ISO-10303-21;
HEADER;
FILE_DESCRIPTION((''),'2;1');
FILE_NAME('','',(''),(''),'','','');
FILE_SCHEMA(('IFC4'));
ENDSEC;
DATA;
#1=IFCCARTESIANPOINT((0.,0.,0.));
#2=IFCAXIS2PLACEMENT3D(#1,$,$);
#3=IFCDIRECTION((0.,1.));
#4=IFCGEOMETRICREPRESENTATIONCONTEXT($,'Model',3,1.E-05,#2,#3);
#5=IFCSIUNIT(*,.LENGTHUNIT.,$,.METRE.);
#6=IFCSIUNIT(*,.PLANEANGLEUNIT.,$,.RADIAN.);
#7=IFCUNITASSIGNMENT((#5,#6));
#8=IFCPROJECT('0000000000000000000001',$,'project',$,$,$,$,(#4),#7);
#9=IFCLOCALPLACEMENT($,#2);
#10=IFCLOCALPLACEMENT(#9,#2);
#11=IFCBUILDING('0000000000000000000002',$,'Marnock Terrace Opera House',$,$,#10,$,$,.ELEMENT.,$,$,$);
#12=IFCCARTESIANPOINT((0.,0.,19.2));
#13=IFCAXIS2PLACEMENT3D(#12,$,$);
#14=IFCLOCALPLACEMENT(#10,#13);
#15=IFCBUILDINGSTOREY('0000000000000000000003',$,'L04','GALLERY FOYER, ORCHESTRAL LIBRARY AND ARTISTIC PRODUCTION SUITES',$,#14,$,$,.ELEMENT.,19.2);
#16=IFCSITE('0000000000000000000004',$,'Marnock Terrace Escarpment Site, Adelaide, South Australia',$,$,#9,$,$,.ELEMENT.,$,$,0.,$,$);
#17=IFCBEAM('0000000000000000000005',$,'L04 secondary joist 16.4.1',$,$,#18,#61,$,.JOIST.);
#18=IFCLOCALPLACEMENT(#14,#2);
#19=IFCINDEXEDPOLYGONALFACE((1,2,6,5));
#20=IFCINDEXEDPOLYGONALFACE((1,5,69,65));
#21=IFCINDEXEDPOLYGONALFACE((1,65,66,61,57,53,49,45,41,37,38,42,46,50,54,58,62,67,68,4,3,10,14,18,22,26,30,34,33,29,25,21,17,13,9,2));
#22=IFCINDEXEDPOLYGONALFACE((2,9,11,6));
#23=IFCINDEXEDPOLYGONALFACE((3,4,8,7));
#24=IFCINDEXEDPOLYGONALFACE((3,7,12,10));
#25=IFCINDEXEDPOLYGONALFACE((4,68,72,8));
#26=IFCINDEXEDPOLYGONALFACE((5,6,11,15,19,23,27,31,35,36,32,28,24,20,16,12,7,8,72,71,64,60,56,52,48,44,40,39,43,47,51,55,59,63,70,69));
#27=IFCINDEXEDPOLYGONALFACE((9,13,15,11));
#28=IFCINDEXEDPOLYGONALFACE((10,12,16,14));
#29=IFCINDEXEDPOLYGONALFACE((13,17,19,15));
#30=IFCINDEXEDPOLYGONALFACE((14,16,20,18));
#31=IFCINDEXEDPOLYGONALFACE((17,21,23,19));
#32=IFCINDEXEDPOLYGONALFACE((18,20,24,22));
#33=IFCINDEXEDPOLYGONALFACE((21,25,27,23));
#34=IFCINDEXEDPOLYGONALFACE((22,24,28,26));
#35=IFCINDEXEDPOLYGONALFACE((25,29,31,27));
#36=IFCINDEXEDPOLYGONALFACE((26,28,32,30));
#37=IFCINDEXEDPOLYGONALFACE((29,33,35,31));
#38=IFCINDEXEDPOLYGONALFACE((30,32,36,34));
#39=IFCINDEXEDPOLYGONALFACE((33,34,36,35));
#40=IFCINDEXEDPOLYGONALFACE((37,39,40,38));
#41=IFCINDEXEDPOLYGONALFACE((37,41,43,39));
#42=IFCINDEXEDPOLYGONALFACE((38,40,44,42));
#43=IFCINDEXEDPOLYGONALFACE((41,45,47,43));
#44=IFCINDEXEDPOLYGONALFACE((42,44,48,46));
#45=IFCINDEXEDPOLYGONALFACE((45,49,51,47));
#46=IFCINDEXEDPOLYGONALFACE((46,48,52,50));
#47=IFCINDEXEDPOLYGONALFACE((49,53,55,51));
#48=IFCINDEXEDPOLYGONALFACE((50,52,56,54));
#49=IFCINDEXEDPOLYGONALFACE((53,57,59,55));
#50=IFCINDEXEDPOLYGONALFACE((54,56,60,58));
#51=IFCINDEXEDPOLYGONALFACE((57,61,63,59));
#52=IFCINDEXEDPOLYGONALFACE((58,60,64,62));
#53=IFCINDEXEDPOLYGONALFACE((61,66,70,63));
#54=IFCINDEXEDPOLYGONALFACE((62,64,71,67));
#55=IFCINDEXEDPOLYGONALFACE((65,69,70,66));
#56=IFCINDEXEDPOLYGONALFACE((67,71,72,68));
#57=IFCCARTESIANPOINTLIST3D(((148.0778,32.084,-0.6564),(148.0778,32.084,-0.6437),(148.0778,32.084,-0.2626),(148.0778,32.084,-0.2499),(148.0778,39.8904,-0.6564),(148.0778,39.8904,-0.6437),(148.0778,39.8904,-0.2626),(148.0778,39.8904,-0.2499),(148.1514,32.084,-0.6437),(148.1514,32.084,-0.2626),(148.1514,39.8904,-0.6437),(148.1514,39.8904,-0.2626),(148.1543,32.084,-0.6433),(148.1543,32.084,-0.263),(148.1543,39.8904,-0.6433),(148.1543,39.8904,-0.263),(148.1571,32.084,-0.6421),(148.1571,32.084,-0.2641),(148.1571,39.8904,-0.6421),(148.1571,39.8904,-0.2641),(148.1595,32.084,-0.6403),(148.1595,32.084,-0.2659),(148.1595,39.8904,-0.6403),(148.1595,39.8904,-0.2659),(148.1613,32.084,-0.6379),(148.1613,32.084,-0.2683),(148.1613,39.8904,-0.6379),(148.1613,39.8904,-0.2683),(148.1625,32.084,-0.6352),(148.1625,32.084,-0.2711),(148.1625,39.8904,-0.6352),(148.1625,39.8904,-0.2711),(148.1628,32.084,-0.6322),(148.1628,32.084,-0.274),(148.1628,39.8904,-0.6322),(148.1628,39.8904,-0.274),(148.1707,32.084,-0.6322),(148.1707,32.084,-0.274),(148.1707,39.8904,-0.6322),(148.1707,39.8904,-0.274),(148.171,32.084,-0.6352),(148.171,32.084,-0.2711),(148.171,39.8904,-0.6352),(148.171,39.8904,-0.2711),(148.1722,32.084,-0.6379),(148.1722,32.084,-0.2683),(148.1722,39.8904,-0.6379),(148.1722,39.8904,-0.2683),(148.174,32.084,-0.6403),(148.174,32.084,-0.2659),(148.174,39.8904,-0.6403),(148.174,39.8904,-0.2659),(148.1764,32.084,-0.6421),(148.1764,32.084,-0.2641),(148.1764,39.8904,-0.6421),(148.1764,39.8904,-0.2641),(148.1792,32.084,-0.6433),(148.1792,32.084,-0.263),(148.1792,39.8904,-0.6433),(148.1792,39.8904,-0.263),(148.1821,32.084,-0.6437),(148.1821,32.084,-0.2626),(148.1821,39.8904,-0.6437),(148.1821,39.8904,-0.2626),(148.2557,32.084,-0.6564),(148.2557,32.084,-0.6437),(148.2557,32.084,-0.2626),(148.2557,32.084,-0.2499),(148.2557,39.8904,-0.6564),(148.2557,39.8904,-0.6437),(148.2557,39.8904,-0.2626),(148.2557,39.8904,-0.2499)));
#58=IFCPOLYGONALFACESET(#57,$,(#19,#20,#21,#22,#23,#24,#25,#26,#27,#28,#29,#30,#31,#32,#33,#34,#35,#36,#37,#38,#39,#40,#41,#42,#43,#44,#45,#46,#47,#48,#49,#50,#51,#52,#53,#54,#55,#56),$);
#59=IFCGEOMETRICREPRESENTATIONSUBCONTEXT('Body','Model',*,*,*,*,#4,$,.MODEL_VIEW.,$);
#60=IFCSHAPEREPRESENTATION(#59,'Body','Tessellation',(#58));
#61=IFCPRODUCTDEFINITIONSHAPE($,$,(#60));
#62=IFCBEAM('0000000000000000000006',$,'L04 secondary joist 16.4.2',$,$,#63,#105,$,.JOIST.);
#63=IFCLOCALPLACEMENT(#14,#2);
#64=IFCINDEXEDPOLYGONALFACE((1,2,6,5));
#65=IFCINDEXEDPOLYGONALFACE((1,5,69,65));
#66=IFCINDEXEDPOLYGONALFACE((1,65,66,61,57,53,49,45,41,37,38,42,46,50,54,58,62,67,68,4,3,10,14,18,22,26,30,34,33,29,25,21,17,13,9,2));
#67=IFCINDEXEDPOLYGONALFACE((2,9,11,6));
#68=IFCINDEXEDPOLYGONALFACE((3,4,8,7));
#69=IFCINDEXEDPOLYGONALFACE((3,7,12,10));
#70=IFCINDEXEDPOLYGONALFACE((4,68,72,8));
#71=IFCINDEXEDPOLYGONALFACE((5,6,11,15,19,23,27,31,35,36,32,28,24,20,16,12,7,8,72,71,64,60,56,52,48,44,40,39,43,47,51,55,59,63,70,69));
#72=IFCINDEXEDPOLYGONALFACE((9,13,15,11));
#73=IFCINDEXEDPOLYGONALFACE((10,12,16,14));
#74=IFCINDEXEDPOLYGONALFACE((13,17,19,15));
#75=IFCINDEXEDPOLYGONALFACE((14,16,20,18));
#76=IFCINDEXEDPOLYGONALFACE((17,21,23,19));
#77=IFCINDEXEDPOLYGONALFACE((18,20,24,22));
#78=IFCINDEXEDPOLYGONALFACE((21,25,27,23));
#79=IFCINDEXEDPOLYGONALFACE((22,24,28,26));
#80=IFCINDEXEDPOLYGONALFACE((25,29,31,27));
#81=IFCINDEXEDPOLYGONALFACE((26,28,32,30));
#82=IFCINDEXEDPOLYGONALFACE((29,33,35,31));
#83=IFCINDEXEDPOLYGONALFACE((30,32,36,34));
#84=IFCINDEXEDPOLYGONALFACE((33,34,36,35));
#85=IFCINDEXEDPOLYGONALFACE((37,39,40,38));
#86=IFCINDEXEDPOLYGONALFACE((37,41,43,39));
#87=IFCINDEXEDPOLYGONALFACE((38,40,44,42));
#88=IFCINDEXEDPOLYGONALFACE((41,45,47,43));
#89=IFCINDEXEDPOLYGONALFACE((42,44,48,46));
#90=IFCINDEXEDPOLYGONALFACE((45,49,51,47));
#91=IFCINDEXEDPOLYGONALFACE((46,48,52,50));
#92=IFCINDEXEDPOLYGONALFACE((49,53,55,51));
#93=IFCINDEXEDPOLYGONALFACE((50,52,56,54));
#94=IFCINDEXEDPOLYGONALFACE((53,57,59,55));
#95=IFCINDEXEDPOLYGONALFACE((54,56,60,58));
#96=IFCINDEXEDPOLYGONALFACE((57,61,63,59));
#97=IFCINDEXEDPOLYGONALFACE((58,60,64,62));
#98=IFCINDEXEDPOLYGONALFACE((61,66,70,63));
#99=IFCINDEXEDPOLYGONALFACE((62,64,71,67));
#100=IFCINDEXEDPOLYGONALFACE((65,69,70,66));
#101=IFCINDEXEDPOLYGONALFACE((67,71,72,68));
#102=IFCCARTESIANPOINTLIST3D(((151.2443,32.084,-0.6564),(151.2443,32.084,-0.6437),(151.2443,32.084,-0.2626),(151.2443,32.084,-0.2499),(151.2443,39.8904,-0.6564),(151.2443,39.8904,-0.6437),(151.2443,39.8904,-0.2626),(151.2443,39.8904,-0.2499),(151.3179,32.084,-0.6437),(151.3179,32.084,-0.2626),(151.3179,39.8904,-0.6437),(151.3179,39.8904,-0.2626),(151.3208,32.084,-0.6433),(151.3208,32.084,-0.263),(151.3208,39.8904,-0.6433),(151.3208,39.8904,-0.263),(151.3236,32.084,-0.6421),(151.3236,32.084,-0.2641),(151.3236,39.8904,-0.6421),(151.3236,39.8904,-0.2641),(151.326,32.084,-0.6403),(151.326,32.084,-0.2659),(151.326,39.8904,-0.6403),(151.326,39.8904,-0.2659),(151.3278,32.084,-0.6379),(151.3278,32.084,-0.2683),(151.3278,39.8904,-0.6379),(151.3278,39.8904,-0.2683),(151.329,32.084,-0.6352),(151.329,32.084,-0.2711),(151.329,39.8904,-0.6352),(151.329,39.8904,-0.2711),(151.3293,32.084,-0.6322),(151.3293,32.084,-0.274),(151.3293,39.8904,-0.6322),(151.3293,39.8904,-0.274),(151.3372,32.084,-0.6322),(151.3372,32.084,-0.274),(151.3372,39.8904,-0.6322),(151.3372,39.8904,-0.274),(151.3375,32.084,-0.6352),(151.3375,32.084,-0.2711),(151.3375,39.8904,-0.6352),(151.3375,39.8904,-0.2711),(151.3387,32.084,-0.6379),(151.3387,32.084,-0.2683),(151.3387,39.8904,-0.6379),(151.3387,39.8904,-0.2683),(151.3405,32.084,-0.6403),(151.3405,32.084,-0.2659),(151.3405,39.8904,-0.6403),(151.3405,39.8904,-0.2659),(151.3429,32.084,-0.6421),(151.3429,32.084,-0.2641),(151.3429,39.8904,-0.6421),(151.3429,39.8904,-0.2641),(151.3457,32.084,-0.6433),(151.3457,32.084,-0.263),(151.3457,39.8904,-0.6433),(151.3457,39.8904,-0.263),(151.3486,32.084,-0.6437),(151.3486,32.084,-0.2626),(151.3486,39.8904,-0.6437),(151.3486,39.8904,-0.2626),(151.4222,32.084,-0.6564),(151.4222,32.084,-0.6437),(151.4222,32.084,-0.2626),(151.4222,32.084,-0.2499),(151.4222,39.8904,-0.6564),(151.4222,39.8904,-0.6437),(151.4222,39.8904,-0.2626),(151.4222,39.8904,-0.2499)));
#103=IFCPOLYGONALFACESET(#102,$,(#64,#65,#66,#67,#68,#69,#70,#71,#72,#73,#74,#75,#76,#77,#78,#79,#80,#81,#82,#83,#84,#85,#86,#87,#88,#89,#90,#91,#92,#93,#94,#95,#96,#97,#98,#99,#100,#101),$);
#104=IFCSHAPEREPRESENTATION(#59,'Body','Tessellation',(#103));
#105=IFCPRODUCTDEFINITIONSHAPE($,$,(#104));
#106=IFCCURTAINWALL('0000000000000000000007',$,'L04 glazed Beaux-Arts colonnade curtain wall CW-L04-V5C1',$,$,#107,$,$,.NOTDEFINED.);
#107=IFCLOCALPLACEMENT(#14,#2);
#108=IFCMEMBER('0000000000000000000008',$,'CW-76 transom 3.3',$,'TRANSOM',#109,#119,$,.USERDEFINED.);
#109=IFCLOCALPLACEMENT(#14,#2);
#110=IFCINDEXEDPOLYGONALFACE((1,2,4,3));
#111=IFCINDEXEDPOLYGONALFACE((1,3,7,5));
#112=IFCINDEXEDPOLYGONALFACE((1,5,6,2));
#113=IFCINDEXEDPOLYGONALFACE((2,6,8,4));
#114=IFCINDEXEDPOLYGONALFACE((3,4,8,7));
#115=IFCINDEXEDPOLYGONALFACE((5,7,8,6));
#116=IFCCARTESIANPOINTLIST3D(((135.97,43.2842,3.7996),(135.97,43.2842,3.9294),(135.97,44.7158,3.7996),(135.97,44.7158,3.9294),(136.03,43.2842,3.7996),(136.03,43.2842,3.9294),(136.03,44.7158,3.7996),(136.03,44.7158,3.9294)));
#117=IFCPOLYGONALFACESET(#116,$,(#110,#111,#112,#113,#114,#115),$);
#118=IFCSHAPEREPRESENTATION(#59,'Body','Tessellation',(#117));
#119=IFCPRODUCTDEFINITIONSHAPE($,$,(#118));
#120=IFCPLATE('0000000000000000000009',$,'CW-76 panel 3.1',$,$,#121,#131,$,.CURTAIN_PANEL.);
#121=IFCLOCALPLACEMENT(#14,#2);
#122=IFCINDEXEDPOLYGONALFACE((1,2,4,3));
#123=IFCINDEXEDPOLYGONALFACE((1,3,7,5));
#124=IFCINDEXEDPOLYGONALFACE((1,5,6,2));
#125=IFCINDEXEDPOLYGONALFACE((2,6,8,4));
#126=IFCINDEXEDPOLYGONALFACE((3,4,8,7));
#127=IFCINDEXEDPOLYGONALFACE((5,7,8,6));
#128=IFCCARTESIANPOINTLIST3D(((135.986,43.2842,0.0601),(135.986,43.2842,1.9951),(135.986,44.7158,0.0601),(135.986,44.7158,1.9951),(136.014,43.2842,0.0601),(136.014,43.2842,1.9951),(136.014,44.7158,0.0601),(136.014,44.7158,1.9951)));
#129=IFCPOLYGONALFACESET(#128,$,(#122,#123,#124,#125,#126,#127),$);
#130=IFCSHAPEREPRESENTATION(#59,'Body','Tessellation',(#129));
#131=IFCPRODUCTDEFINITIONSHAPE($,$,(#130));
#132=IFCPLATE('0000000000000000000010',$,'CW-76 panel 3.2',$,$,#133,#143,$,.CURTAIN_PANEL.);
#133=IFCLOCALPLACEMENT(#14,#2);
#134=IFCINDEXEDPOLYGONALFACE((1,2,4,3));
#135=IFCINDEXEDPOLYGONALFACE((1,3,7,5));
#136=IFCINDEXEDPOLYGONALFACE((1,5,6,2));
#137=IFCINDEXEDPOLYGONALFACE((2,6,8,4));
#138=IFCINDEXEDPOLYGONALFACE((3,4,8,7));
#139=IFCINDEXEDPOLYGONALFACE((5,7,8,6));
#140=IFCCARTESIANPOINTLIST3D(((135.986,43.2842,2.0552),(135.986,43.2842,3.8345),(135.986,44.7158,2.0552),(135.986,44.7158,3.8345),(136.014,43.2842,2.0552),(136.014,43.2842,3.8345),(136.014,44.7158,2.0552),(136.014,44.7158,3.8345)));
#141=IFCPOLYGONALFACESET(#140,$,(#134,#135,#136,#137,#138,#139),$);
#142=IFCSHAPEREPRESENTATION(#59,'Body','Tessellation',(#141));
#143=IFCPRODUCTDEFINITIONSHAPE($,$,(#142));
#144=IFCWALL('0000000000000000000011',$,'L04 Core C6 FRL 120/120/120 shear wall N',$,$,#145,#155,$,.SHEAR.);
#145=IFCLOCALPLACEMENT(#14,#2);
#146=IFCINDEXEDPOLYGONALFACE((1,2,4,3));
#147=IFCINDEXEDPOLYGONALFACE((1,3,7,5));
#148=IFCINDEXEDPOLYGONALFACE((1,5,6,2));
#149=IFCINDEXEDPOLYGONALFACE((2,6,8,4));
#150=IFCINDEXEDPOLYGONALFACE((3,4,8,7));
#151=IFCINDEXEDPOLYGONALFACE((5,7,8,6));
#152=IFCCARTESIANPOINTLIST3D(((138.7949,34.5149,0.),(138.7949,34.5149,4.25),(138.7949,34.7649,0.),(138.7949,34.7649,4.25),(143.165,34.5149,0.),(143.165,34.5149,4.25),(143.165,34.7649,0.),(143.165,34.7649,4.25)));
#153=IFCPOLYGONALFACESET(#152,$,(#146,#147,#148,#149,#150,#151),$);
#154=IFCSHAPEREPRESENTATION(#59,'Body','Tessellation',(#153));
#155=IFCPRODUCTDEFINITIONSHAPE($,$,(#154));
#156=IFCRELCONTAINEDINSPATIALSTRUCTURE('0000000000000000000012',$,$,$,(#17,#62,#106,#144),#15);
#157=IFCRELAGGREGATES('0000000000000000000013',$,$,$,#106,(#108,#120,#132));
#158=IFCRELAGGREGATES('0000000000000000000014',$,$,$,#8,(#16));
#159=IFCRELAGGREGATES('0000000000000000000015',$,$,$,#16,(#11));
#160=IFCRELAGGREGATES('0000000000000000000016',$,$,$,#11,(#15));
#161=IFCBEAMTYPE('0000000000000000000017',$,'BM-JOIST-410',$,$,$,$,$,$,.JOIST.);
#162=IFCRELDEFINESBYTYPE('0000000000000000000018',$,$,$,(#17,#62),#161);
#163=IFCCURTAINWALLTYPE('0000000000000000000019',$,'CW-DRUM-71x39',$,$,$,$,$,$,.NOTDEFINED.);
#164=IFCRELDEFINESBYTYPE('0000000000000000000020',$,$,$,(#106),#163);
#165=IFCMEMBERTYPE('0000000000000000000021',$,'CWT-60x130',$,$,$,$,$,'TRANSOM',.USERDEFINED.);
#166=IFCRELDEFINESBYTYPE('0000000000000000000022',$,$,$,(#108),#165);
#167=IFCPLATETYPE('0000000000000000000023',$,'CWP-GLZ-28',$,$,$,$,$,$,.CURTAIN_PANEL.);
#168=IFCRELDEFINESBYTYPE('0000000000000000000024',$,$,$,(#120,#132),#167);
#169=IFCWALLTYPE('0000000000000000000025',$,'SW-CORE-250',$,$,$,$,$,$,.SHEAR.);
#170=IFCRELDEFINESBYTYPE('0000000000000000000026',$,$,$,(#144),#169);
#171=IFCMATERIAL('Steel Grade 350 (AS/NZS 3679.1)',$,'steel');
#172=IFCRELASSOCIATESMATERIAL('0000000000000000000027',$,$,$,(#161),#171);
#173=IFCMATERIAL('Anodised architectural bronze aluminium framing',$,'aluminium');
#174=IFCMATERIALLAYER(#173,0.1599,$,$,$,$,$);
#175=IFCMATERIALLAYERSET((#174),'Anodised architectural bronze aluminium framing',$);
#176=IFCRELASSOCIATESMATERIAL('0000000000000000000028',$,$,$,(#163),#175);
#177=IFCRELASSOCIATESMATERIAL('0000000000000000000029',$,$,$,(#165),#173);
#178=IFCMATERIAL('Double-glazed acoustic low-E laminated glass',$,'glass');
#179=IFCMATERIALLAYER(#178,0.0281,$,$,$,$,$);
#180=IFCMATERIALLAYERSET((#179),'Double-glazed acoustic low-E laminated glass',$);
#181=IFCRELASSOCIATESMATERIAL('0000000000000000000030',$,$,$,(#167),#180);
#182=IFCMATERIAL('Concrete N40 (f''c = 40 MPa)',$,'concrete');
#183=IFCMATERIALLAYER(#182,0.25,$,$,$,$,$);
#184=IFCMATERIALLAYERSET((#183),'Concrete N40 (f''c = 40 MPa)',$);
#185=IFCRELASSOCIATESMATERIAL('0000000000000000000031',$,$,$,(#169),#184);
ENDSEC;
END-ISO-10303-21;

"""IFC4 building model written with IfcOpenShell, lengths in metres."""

from ifc_helpers import new_model, si_unit, direction, frame, frame_2d, origin, origin_2d, place, context, subcontext, project, spatial, rectangle, i_section, extrude, material, layer, layer_set, material_profile, profile_set, type_object, element, aggregate, save


model = new_model("IFC4")

# Units and contexts
model_context = context("Model", 3, precision=1e-05, world=origin(), true_north=direction((0.0, 1.0)))
body_context = subcontext(model_context, "Body", "Model", "MODEL_VIEW")
ifc_project = project(units=[si_unit("LENGTHUNIT", "METRE"), si_unit("PLANEANGLEUNIT", "RADIAN")], contexts=[model_context])

# Site, building, storey
site_placement = place(None, origin())
site = spatial("IfcSite", under=ifc_project, at=site_placement, Name="Marnock Terrace Escarpment Site, Adelaide, South Australia", CompositionType="ELEMENT", RefElevation=0.0)
building_placement = place(site_placement, origin())
building = spatial("IfcBuilding", under=site, at=building_placement, Name="Marnock Terrace Opera House", CompositionType="ELEMENT")
storey_placement = place(building_placement, frame((0.0, 0.0, 19.2)))
storey = spatial("IfcBuildingStorey", under=building, at=storey_placement, Name="L04", Description="GALLERY FOYER, ORCHESTRAL LIBRARY AND ARTISTIC PRODUCTION SUITES", CompositionType="ELEMENT", Elevation=19.2)

# Shared definitions
ifc_material_1 = material(Name="Concrete N40 (f'c = 40 MPa)", Category="concrete")
ifc_material_2 = material(Name="Steel Grade 350 (AS/NZS 3679.1)", Category="steel")

# Beams
ifc_material_profile_1 = material_profile(ifc_material_2, i_section(OverallWidth=0.178, OverallDepth=0.4065, WebThickness=0.0078, FlangeThickness=0.0127, FilletRadius=0.0115, at=origin_2d()))
ifc_profile_set_1 = profile_set([ifc_material_profile_1], Name="Steel Grade 350 (AS/NZS 3679.1)")
beam_type_1 = type_object("IfcBeamType", Name="BM-JOIST-410", PredefinedType="JOIST", material=ifc_profile_set_1)
for number, where, z_axis, x_axis, name in (
    (1, (148.1667, 32.084, -0.4531), (0.0, 1.0, 0.0), (-1.0, 0.0, 0.0), "L04 secondary joist 16.4.1"),
    (2, (151.3333, 32.084, -0.4531), (0.0, 1.0, 0.0), (-1.0, 0.0, 0.0), "L04 secondary joist 16.4.2"),
):
    element("IfcBeam", number, at=place(storey_placement, frame(where, z_axis=z_axis, x_axis=x_axis)), inside=storey, type_object=beam_type_1, Name=name, PredefinedType="JOIST", context=body_context, shape_type="SweptSolid", body=[
        extrude(i_section(OverallWidth=0.178, OverallDepth=0.4065, WebThickness=0.0078, FlangeThickness=0.0127, FilletRadius=0.0115, at=origin_2d()), origin(), (0.0, 0.0, 1.0), 7.8064),
    ])

# Curtain wall, member, plates
ifc_material_3 = material(Name="Anodised architectural bronze aluminium framing", Category="aluminium")
ifc_layer_1 = layer(ifc_material_3, 0.1599)
ifc_layer_set_1 = layer_set([ifc_layer_1], Name="Anodised architectural bronze aluminium framing")
curtain_wall_type = type_object("IfcCurtainWallType", Name="CW-DRUM-71x39", PredefinedType="NOTDEFINED", material=ifc_layer_set_1)
curtain_wall_placement = place(storey_placement, origin())
curtain_wall = element("IfcCurtainWall", 3, at=curtain_wall_placement, inside=storey, type_object=curtain_wall_type, Name="L04 glazed Beaux-Arts colonnade curtain wall CW-L04-V5C1", PredefinedType="NOTDEFINED")
ifc_material_profile_2 = material_profile(ifc_material_3, rectangle(XDim=0.0601, YDim=0.1299, at=origin_2d()))
ifc_profile_set_2 = profile_set([ifc_material_profile_2], Name="Anodised architectural bronze aluminium framing")
member_type = type_object("IfcMemberType", Name="CWT-60x130", ElementType="TRANSOM", PredefinedType="USERDEFINED", material=ifc_profile_set_2)
member_placement = place(storey_placement, frame((136.0, 43.2842, 3.8645), z_axis=(0.0, 1.0, 0.0), x_axis=(-1.0, 0.0, 0.0)))
member = element("IfcMember", 4, at=member_placement, type_object=member_type, Name="CW-76 transom 3.3", ObjectType="TRANSOM", PredefinedType="USERDEFINED", context=body_context, shape_type="SweptSolid", body=[
    extrude(rectangle(XDim=0.0601, YDim=0.1299, at=origin_2d()), origin(), (0.0, 0.0, 1.0), 1.4316),
])
ifc_material_4 = material(Name="Double-glazed acoustic low-E laminated glass", Category="glass")
ifc_layer_2 = layer(ifc_material_4, 0.0281)
ifc_layer_set_2 = layer_set([ifc_layer_2], Name="Double-glazed acoustic low-E laminated glass")
plate_type = type_object("IfcPlateType", Name="CWP-GLZ-28", PredefinedType="CURTAIN_PANEL", material=ifc_layer_set_2)
plate_1_placement = place(storey_placement, frame((136.0, 44.0, 0.0601), z_axis=(0.0, 0.0, 1.0), x_axis=(0.0, 1.0, 0.0)))
plate_1 = element("IfcPlate", 5, at=plate_1_placement, type_object=plate_type, Name="CW-76 panel 3.1", PredefinedType="CURTAIN_PANEL", context=body_context, shape_type="SweptSolid", body=[
    extrude(rectangle(XDim=1.4316, YDim=0.0281, at=origin_2d()), origin(), (0.0, 0.0, 1.0), 1.9351),
])
plate_2_placement = place(storey_placement, frame((136.0, 44.0, 2.0552), z_axis=(0.0, 0.0, 1.0), x_axis=(0.0, 1.0, 0.0)))
plate_2 = element("IfcPlate", 6, at=plate_2_placement, type_object=plate_type, Name="CW-76 panel 3.2", PredefinedType="CURTAIN_PANEL", context=body_context, shape_type="SweptSolid", body=[
    extrude(rectangle(XDim=1.4316, YDim=0.0281, at=origin_2d()), origin(), (0.0, 0.0, 1.0), 1.7793),
])
aggregate(curtain_wall, [member, plate_1, plate_2])

# Wall
ifc_layer_3 = layer(ifc_material_1, 0.25)
ifc_layer_set_3 = layer_set([ifc_layer_3], Name="Concrete N40 (f'c = 40 MPa)")
wall_type_1 = type_object("IfcWallType", Name="SW-CORE-250", PredefinedType="SHEAR", material=ifc_layer_set_3)
wall_1_placement = place(storey_placement, frame((138.7949, 34.6399, 0.0), z_axis=(0.0, 0.0, 1.0), x_axis=(1.0, 0.0, 0.0)))
element("IfcWall", 7, at=wall_1_placement, inside=storey, type_object=wall_type_1, Name="L04 Core C6 FRL 120/120/120 shear wall N", PredefinedType="SHEAR", context=body_context, shape_type="SweptSolid", body=[
    extrude(rectangle(XDim=4.3701, YDim=0.25, at=frame_2d((2.1851, 0.0))), origin(), (0.0, 0.0, 1.0), 4.25),
])

save(model, "model.ifc")
